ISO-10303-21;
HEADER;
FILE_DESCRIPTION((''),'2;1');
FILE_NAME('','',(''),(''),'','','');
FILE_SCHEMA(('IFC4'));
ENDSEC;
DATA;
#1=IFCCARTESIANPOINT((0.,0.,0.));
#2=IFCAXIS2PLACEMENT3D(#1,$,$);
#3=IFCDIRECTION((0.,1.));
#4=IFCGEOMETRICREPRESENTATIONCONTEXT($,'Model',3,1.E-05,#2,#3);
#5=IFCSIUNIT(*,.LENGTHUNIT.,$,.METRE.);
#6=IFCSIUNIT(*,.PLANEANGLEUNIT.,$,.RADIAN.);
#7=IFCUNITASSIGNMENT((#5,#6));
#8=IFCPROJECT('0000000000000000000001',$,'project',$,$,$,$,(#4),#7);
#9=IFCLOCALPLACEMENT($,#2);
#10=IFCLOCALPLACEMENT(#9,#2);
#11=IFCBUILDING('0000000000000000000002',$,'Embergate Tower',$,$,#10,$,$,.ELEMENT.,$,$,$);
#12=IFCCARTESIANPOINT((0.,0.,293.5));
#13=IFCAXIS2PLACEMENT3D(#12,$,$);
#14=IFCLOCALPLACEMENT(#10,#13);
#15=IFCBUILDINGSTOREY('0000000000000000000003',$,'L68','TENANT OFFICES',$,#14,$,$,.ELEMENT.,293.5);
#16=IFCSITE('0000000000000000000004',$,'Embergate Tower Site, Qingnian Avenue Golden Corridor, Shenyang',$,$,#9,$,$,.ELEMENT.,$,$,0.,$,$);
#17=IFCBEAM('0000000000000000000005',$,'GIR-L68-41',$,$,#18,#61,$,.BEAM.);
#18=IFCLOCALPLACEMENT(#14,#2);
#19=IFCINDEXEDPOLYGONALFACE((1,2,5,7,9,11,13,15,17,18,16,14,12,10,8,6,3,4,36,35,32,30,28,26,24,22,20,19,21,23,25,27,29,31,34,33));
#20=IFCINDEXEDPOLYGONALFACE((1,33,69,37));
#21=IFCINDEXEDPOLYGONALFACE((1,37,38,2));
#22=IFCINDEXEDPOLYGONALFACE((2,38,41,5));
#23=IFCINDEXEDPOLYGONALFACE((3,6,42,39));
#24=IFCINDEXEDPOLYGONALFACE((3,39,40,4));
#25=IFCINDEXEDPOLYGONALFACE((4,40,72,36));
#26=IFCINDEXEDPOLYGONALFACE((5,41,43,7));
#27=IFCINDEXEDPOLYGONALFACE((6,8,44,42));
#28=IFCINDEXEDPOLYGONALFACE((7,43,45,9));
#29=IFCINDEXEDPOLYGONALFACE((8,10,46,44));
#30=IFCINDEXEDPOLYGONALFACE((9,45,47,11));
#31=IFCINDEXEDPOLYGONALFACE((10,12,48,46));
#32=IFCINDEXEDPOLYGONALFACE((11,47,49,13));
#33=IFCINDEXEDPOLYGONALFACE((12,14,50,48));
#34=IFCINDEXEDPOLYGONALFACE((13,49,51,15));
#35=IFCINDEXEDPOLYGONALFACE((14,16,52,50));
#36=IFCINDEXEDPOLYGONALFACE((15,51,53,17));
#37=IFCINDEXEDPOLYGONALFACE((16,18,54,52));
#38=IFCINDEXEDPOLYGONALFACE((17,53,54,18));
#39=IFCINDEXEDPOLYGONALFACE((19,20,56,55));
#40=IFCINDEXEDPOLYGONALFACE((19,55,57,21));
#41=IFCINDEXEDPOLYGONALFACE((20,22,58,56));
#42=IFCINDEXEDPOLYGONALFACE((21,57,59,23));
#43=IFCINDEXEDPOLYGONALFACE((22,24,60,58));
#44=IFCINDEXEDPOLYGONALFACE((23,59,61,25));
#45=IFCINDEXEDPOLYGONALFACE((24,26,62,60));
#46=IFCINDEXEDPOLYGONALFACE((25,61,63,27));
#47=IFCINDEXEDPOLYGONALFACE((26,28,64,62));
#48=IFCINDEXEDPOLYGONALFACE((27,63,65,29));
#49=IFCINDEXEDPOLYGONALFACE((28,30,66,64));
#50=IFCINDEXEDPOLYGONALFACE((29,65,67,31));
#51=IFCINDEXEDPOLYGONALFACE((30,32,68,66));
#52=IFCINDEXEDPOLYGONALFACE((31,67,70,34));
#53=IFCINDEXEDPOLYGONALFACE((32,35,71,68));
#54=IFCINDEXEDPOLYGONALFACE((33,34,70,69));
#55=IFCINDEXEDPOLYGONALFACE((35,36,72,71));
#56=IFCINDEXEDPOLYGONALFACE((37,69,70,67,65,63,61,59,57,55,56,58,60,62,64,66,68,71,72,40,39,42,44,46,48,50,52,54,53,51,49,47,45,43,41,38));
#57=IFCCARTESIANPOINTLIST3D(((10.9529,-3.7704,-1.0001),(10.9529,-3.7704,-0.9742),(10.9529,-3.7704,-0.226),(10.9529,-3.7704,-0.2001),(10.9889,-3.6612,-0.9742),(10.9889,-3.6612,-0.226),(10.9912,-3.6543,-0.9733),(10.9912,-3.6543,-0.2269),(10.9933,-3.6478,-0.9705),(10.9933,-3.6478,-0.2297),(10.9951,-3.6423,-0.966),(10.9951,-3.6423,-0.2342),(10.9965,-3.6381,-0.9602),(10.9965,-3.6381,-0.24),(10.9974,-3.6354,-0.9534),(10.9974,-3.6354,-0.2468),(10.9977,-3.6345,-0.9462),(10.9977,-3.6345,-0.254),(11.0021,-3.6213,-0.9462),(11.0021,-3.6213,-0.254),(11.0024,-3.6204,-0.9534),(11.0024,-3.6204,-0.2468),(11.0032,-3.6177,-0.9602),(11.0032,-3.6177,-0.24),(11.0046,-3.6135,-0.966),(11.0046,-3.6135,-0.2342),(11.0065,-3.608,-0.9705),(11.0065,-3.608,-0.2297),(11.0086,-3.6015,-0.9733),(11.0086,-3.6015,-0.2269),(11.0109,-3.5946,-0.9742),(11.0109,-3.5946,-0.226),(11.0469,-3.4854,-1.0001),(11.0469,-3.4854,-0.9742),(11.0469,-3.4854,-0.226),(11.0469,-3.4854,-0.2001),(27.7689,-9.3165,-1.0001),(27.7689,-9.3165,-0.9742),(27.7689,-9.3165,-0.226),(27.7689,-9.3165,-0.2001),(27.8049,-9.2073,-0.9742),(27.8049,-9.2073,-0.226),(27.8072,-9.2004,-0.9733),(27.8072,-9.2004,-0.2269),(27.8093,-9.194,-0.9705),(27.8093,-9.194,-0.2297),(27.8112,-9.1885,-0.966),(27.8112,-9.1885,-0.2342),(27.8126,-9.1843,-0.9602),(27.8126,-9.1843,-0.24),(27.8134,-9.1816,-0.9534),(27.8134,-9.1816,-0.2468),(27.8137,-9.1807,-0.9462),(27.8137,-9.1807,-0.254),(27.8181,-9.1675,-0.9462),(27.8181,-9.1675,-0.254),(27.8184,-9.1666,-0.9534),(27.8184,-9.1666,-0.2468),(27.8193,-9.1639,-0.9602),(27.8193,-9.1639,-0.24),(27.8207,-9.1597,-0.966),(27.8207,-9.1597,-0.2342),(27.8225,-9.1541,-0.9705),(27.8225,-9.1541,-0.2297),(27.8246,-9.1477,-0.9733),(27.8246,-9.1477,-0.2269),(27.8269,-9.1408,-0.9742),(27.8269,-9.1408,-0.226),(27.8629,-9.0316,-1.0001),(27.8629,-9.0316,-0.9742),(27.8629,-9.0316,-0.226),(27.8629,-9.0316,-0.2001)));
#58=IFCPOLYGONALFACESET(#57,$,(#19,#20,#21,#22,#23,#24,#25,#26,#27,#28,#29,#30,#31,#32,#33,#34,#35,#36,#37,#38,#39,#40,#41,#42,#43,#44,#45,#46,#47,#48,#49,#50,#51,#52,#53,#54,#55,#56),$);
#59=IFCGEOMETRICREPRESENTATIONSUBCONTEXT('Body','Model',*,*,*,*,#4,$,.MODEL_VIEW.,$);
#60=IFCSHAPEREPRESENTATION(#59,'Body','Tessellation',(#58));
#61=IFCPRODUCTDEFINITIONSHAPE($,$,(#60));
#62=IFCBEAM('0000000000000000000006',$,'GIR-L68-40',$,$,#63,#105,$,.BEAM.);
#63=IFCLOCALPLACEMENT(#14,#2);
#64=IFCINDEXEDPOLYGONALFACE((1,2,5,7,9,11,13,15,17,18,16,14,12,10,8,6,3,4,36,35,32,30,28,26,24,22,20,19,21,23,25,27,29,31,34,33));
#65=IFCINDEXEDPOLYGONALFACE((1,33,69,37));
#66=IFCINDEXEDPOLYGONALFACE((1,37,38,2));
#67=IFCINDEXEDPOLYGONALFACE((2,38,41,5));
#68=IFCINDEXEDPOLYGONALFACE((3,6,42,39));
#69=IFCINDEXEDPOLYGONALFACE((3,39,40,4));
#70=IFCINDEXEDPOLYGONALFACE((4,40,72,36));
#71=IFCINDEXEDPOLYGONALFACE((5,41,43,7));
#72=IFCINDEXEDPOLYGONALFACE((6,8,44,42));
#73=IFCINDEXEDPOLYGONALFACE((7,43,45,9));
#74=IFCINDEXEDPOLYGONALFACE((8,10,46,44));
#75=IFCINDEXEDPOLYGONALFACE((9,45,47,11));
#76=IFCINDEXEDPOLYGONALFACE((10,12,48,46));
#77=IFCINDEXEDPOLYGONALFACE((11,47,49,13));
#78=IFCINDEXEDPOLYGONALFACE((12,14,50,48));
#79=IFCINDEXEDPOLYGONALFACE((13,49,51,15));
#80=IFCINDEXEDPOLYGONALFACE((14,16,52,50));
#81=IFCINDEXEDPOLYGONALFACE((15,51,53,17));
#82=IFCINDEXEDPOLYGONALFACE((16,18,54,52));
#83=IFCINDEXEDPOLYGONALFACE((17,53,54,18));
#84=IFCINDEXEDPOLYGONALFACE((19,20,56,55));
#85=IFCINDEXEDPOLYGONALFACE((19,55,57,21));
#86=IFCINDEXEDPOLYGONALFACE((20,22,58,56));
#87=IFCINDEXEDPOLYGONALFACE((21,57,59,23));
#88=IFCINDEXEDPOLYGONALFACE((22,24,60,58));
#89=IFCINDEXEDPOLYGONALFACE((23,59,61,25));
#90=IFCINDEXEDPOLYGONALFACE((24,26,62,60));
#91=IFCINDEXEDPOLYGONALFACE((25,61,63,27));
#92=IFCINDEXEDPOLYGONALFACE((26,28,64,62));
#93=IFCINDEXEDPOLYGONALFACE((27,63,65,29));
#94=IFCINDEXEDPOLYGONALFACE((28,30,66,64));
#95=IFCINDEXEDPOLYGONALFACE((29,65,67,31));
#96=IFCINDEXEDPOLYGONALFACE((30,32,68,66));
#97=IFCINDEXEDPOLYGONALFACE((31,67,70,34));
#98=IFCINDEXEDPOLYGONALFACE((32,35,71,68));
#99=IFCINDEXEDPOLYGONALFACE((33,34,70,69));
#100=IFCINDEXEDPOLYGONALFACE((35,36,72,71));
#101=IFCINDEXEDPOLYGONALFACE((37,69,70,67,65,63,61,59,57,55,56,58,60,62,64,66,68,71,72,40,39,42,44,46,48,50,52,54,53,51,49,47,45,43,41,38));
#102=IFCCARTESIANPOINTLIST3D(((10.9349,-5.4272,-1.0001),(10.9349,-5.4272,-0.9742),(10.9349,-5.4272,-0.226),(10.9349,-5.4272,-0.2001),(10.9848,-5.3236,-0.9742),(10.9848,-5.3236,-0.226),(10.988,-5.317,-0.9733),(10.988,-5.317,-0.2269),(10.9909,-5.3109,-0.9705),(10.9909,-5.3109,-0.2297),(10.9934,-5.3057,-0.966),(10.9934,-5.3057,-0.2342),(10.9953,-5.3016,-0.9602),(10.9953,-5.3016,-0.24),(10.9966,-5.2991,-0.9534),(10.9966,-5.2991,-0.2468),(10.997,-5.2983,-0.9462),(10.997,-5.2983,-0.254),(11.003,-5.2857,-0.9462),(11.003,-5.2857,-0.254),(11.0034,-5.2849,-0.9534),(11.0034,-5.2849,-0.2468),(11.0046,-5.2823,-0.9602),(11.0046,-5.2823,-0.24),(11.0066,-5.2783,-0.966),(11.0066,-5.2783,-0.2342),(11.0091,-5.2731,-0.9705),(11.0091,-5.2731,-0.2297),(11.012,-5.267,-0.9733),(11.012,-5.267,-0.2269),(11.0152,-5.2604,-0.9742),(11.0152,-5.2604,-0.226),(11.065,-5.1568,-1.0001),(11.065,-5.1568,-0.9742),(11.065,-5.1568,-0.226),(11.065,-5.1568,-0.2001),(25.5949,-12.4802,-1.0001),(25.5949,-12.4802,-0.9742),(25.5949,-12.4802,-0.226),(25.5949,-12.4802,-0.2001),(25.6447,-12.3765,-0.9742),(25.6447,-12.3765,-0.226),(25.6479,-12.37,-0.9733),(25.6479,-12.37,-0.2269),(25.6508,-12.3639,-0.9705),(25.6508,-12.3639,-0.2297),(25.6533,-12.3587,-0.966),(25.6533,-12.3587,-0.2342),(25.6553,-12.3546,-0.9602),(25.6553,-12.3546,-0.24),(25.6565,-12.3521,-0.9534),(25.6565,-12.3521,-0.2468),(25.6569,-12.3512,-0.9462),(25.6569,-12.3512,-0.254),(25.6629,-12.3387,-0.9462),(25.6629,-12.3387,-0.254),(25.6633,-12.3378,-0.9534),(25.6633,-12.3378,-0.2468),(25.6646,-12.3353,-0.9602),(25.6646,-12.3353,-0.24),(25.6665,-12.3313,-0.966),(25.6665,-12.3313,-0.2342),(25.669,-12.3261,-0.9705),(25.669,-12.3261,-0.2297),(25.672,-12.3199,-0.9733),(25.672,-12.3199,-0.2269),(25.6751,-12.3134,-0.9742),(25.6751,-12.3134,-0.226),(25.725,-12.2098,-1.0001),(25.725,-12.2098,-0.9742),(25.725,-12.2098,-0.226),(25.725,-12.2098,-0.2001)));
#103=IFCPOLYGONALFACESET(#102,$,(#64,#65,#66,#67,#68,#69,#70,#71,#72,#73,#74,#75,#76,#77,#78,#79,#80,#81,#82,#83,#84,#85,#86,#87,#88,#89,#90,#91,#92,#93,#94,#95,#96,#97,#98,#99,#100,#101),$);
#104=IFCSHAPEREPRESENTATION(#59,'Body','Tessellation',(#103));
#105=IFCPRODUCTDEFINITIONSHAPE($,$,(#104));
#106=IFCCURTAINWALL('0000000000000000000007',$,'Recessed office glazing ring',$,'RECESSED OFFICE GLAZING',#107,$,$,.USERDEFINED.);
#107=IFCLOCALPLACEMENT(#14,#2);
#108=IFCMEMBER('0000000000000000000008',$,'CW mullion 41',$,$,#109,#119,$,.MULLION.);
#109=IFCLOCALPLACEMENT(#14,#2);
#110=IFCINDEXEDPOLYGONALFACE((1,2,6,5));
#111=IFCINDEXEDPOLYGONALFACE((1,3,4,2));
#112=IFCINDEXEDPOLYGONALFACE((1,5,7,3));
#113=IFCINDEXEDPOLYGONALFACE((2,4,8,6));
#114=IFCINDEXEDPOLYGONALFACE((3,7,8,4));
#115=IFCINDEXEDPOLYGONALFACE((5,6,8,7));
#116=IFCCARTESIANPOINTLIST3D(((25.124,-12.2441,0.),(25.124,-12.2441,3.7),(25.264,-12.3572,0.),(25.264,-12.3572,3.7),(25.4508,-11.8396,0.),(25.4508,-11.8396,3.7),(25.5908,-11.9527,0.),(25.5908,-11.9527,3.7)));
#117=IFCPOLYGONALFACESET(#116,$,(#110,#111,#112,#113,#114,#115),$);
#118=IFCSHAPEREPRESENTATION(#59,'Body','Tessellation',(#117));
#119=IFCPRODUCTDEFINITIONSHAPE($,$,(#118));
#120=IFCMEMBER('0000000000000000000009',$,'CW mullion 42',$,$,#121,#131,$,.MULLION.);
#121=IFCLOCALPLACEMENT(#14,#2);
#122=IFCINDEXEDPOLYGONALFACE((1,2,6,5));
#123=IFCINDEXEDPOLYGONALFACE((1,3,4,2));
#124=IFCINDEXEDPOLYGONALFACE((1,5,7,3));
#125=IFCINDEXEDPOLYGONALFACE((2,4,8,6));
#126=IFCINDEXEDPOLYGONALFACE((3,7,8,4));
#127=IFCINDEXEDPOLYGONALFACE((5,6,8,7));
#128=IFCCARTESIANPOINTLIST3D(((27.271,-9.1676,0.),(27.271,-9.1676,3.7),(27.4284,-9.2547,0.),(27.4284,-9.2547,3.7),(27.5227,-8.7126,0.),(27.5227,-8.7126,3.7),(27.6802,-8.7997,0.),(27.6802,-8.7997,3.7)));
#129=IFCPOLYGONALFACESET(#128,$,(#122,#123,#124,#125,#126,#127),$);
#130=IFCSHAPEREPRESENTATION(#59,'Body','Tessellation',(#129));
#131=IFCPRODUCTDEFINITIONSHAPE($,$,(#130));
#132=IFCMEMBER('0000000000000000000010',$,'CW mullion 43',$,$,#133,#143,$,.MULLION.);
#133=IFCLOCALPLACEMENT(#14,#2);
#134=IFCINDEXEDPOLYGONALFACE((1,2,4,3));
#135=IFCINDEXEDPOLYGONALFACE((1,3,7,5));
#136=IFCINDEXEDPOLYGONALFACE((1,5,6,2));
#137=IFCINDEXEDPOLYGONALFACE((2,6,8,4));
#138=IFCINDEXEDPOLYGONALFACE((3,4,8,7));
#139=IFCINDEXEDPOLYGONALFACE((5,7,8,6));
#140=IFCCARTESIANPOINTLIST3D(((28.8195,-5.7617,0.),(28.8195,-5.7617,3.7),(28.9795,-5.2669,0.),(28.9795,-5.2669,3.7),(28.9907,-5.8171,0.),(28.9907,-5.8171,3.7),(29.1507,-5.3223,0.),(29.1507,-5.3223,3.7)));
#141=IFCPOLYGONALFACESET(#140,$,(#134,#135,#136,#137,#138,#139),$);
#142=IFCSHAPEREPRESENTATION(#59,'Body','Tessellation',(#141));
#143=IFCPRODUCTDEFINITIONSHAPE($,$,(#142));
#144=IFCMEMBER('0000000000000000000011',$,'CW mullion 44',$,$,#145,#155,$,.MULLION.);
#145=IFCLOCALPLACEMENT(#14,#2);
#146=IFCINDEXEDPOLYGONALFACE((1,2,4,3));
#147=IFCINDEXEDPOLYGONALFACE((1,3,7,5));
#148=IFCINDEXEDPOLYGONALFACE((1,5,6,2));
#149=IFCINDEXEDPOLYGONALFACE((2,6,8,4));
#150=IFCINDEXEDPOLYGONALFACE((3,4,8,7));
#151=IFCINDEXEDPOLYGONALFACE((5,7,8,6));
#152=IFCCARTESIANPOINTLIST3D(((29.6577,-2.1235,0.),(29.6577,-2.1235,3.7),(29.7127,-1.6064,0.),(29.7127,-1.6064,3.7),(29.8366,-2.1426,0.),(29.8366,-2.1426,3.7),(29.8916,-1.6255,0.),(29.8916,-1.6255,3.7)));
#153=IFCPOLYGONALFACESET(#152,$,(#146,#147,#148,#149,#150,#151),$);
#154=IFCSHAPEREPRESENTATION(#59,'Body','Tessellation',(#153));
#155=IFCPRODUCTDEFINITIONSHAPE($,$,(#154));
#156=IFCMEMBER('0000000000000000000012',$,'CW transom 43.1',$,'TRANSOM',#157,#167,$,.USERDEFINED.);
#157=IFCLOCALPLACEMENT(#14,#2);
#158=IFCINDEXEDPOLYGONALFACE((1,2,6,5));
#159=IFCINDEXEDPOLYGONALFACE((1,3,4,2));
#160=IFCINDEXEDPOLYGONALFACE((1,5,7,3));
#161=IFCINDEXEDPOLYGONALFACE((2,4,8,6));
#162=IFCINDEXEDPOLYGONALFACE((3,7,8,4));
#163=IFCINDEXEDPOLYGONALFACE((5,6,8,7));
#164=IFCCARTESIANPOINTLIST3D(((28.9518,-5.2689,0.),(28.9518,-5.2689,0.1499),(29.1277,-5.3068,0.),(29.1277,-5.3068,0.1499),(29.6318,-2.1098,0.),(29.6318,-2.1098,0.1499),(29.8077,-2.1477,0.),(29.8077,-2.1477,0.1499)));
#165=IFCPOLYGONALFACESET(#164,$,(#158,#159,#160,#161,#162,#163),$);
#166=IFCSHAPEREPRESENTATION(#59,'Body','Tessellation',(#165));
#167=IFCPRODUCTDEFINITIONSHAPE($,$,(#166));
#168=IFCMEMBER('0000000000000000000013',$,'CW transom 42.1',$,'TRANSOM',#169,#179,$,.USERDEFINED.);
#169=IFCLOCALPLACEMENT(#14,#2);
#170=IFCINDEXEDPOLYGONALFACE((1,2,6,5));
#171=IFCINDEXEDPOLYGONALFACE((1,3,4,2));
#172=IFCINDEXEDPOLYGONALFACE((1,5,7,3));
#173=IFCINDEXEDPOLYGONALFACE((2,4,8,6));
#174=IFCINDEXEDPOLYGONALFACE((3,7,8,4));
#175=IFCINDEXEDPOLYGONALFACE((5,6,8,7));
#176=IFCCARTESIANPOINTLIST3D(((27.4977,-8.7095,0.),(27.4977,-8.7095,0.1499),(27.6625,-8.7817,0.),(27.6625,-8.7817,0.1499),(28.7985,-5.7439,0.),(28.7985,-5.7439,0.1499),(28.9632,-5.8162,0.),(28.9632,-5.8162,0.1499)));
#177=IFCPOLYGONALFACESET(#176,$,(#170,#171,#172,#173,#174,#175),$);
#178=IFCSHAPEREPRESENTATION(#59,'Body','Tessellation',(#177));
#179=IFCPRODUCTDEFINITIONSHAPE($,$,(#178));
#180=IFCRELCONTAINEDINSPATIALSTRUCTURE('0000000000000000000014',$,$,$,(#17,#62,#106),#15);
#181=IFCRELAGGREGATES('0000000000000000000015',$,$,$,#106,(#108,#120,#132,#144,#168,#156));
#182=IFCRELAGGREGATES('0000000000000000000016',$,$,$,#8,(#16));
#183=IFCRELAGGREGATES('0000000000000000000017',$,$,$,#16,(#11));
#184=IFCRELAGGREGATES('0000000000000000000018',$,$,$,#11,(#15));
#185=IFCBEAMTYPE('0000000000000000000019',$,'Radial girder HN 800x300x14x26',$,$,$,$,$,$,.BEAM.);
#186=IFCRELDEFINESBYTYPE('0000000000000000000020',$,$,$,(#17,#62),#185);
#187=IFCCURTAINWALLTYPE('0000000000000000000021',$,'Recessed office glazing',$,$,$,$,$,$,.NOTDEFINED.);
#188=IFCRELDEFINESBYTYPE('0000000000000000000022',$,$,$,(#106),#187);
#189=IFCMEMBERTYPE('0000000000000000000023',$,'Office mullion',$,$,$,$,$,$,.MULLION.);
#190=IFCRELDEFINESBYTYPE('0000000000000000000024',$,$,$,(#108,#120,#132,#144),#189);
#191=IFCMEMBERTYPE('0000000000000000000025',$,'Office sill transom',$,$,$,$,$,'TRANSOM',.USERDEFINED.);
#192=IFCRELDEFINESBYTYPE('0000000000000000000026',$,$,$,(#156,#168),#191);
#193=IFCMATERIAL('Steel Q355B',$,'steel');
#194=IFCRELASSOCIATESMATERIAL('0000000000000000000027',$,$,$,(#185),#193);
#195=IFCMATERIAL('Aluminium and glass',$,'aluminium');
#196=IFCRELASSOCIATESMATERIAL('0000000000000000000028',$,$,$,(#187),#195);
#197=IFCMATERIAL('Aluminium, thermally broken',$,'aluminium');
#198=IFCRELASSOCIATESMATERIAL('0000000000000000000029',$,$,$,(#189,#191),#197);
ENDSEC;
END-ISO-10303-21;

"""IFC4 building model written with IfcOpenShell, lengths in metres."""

from ifc_helpers import new_model, si_unit, direction, frame, origin, origin_2d, place, context, subcontext, project, spatial, rectangle, i_section, extrude, source, transform, mapped, material, material_profile, profile_set, type_object, element, aggregate, save


model = new_model("IFC4")

# Units and contexts
model_context = context("Model", 3, precision=1e-05, world=origin(), true_north=direction((0.0, 1.0)))
body_context = subcontext(model_context, "Body", "Model", "MODEL_VIEW")
ifc_project = project(units=[si_unit("LENGTHUNIT", "METRE"), si_unit("PLANEANGLEUNIT", "RADIAN")], contexts=[model_context])

# Site, building, storey
site_placement = place(None, origin())
site = spatial("IfcSite", under=ifc_project, at=site_placement, Name="Embergate Tower Site, Qingnian Avenue Golden Corridor, Shenyang", CompositionType="ELEMENT", RefElevation=0.0)
building_placement = place(site_placement, origin())
building = spatial("IfcBuilding", under=site, at=building_placement, Name="Embergate Tower", CompositionType="ELEMENT")
storey_placement = place(building_placement, frame((0.0, 0.0, 293.5)))
storey = spatial("IfcBuildingStorey", under=building, at=storey_placement, Name="L68", Description="TENANT OFFICES", CompositionType="ELEMENT", Elevation=293.5)

# Beams
ifc_material_1 = material(Name="Steel Q355B", Category="steel")
ifc_material_profile_1 = material_profile(ifc_material_1, i_section(OverallWidth=0.3, OverallDepth=0.8, WebThickness=0.0139, FlangeThickness=0.0259, FilletRadius=0.0281, at=origin_2d()), Name="HN 800x300x14x26")
ifc_profile_set_1 = profile_set([ifc_material_profile_1], Name="Steel Q355 grade B")
beam_type_1 = type_object("IfcBeamType", Name="Radial girder HN 800x300x14x26", PredefinedType="BEAM", material=ifc_profile_set_1)
shared_shape_1 = source(origin(), body_context, "Body", "SweptSolid", [
    extrude(i_section(OverallWidth=0.3, OverallDepth=0.8, WebThickness=0.0139, FlangeThickness=0.0259, FilletRadius=0.0281, at=origin_2d()), origin(), (0.0, 0.0, 1.0), 17.707),
])
beam_1_placement = place(storey_placement, frame((27.8159, -9.1741, -0.6001), z_axis=(-0.949681, 0.313219, 0.0), x_axis=(-0.313219, -0.949681, 0.0)))
element("IfcBeam", 1, at=beam_1_placement, inside=storey, type_object=beam_type_1, Name="GIR-L68-41", PredefinedType="BEAM", context=body_context, shape_type="MappedRepresentation", body=[
    mapped(shared_shape_1, transform((0.0, 0.0, 0.0))),
])
shared_shape_2 = source(origin(), body_context, "Body", "SweptSolid", [
    extrude(i_section(OverallWidth=0.3, OverallDepth=0.8, WebThickness=0.0139, FlangeThickness=0.0259, FilletRadius=0.0281, at=origin_2d()), origin(), (0.0, 0.0, 1.0), 16.2683),
])
beam_2_placement = place(storey_placement, frame((25.6599, -12.345, -0.6001), z_axis=(-0.901134, 0.433541, 0.0), x_axis=(-0.433541, -0.901134, 0.0)))
element("IfcBeam", 2, at=beam_2_placement, inside=storey, type_object=beam_type_1, Name="GIR-L68-40", PredefinedType="BEAM", context=body_context, shape_type="MappedRepresentation", body=[
    mapped(shared_shape_2, transform((0.0, 0.0, 0.0))),
])

# Curtain wall, members
ifc_material_2 = material(Name="Aluminium and glass", Category="aluminium")
curtain_wall_type = type_object("IfcCurtainWallType", Name="Recessed office glazing", PredefinedType="NOTDEFINED", material=ifc_material_2)
curtain_wall_placement = place(storey_placement, origin())
curtain_wall = element("IfcCurtainWall", 3, at=curtain_wall_placement, inside=storey, type_object=curtain_wall_type, Name="Recessed office glazing ring", ObjectType="RECESSED OFFICE GLAZING", PredefinedType="USERDEFINED")
ifc_material_3 = material(Name="Aluminium, thermally broken", Category="aluminium")
ifc_material_profile_2 = material_profile(ifc_material_3, rectangle(XDim=0.1799, YDim=0.52, at=origin_2d()), Name="AL 520x180")
ifc_profile_set_2 = profile_set([ifc_material_profile_2], Name="Aluminium, thermally broken")
member_type_1 = type_object("IfcMemberType", Name="Office mullion", PredefinedType="MULLION", material=ifc_profile_set_2)
shared_shape_3 = source(origin(), body_context, "Body", "SweptSolid", [
    extrude(rectangle(XDim=0.1799, YDim=0.52, at=origin_2d()), origin(), (0.0, 0.0, 1.0), 3.7),
])
member_1_placement = place(storey_placement, frame((25.3574, -12.0984, 0.0), z_axis=(0.0, 0.0, 1.0), x_axis=(-0.777864, 0.628433, 0.0)))
member_1 = element("IfcMember", 4, at=member_1_placement, type_object=member_type_1, Name="CW mullion 41", PredefinedType="MULLION", context=body_context, shape_type="MappedRepresentation", body=[
    mapped(shared_shape_3, transform((0.0, 0.0, 0.0))),
])
member_2_placement = place(storey_placement, frame((27.4756, -8.9836, 0.0), z_axis=(0.0, 0.0, 1.0), x_axis=(-0.874993, 0.484135, 0.0)))
member_2 = element("IfcMember", 5, at=member_2_placement, type_object=member_type_1, Name="CW mullion 42", PredefinedType="MULLION", context=body_context, shape_type="MappedRepresentation", body=[
    mapped(shared_shape_3, transform((0.0, 0.0, 0.0))),
])
member_3_placement = place(storey_placement, frame((28.9851, -5.542, 0.0), z_axis=(0.0, 0.0, 1.0), x_axis=(-0.951494, 0.307669, 0.0)))
member_3 = element("IfcMember", 6, at=member_3_placement, type_object=member_type_1, Name="CW mullion 43", PredefinedType="MULLION", context=body_context, shape_type="MappedRepresentation", body=[
    mapped(shared_shape_3, transform((0.0, 0.0, 0.0))),
])
member_4_placement = place(storey_placement, frame((29.7747, -1.8745, 0.0), z_axis=(0.0, 0.0, 1.0), x_axis=(-0.994384, 0.10583, 0.0)))
member_4 = element("IfcMember", 7, at=member_4_placement, type_object=member_type_1, Name="CW mullion 44", PredefinedType="MULLION", context=body_context, shape_type="MappedRepresentation", body=[
    mapped(shared_shape_3, transform((0.0, 0.0, 0.0))),
])
ifc_material_profile_3 = material_profile(ifc_material_3, rectangle(XDim=0.1799, YDim=0.1499, at=origin_2d()), Name="AL 150x180")
ifc_profile_set_3 = profile_set([ifc_material_profile_3], Name="Aluminium, thermally broken")
member_type_2 = type_object("IfcMemberType", Name="Office sill transom", ElementType="TRANSOM", PredefinedType="USERDEFINED", material=ifc_profile_set_3)
shared_shape_4 = source(origin(), body_context, "Body", "SweptSolid", [
    extrude(rectangle(XDim=0.1799, YDim=0.1499, at=origin_2d()), origin(), (0.0, 0.0, 1.0), 3.2314),
])
member_5_placement = place(storey_placement, frame((29.0398, -5.2878, 0.075), z_axis=(0.210406, 0.977614, 0.0), x_axis=(-0.977614, 0.210406, 0.0)))
member_5 = element("IfcMember", 8, at=member_5_placement, type_object=member_type_2, Name="CW transom 43.1", ObjectType="TRANSOM", PredefinedType="USERDEFINED", context=body_context, shape_type="MappedRepresentation", body=[
    mapped(shared_shape_4, transform((0.0, 0.0, 0.0))),
])
shared_shape_5 = source(origin(), body_context, "Body", "SweptSolid", [
    extrude(rectangle(XDim=0.1799, YDim=0.1499, at=origin_2d()), origin(), (0.0, 0.0, 1.0), 3.2383),
])
member_6_placement = place(storey_placement, frame((27.5801, -8.7456, 0.075), z_axis=(0.401685, 0.915778, 0.0), x_axis=(-0.915778, 0.401685, 0.0)))
member_6 = element("IfcMember", 9, at=member_6_placement, type_object=member_type_2, Name="CW transom 42.1", ObjectType="TRANSOM", PredefinedType="USERDEFINED", context=body_context, shape_type="MappedRepresentation", body=[
    mapped(shared_shape_5, transform((0.0, 0.0, 0.0))),
])
aggregate(curtain_wall, [member_1, member_2, member_3, member_4, member_6, member_5])

save(model, "model.ifc")
